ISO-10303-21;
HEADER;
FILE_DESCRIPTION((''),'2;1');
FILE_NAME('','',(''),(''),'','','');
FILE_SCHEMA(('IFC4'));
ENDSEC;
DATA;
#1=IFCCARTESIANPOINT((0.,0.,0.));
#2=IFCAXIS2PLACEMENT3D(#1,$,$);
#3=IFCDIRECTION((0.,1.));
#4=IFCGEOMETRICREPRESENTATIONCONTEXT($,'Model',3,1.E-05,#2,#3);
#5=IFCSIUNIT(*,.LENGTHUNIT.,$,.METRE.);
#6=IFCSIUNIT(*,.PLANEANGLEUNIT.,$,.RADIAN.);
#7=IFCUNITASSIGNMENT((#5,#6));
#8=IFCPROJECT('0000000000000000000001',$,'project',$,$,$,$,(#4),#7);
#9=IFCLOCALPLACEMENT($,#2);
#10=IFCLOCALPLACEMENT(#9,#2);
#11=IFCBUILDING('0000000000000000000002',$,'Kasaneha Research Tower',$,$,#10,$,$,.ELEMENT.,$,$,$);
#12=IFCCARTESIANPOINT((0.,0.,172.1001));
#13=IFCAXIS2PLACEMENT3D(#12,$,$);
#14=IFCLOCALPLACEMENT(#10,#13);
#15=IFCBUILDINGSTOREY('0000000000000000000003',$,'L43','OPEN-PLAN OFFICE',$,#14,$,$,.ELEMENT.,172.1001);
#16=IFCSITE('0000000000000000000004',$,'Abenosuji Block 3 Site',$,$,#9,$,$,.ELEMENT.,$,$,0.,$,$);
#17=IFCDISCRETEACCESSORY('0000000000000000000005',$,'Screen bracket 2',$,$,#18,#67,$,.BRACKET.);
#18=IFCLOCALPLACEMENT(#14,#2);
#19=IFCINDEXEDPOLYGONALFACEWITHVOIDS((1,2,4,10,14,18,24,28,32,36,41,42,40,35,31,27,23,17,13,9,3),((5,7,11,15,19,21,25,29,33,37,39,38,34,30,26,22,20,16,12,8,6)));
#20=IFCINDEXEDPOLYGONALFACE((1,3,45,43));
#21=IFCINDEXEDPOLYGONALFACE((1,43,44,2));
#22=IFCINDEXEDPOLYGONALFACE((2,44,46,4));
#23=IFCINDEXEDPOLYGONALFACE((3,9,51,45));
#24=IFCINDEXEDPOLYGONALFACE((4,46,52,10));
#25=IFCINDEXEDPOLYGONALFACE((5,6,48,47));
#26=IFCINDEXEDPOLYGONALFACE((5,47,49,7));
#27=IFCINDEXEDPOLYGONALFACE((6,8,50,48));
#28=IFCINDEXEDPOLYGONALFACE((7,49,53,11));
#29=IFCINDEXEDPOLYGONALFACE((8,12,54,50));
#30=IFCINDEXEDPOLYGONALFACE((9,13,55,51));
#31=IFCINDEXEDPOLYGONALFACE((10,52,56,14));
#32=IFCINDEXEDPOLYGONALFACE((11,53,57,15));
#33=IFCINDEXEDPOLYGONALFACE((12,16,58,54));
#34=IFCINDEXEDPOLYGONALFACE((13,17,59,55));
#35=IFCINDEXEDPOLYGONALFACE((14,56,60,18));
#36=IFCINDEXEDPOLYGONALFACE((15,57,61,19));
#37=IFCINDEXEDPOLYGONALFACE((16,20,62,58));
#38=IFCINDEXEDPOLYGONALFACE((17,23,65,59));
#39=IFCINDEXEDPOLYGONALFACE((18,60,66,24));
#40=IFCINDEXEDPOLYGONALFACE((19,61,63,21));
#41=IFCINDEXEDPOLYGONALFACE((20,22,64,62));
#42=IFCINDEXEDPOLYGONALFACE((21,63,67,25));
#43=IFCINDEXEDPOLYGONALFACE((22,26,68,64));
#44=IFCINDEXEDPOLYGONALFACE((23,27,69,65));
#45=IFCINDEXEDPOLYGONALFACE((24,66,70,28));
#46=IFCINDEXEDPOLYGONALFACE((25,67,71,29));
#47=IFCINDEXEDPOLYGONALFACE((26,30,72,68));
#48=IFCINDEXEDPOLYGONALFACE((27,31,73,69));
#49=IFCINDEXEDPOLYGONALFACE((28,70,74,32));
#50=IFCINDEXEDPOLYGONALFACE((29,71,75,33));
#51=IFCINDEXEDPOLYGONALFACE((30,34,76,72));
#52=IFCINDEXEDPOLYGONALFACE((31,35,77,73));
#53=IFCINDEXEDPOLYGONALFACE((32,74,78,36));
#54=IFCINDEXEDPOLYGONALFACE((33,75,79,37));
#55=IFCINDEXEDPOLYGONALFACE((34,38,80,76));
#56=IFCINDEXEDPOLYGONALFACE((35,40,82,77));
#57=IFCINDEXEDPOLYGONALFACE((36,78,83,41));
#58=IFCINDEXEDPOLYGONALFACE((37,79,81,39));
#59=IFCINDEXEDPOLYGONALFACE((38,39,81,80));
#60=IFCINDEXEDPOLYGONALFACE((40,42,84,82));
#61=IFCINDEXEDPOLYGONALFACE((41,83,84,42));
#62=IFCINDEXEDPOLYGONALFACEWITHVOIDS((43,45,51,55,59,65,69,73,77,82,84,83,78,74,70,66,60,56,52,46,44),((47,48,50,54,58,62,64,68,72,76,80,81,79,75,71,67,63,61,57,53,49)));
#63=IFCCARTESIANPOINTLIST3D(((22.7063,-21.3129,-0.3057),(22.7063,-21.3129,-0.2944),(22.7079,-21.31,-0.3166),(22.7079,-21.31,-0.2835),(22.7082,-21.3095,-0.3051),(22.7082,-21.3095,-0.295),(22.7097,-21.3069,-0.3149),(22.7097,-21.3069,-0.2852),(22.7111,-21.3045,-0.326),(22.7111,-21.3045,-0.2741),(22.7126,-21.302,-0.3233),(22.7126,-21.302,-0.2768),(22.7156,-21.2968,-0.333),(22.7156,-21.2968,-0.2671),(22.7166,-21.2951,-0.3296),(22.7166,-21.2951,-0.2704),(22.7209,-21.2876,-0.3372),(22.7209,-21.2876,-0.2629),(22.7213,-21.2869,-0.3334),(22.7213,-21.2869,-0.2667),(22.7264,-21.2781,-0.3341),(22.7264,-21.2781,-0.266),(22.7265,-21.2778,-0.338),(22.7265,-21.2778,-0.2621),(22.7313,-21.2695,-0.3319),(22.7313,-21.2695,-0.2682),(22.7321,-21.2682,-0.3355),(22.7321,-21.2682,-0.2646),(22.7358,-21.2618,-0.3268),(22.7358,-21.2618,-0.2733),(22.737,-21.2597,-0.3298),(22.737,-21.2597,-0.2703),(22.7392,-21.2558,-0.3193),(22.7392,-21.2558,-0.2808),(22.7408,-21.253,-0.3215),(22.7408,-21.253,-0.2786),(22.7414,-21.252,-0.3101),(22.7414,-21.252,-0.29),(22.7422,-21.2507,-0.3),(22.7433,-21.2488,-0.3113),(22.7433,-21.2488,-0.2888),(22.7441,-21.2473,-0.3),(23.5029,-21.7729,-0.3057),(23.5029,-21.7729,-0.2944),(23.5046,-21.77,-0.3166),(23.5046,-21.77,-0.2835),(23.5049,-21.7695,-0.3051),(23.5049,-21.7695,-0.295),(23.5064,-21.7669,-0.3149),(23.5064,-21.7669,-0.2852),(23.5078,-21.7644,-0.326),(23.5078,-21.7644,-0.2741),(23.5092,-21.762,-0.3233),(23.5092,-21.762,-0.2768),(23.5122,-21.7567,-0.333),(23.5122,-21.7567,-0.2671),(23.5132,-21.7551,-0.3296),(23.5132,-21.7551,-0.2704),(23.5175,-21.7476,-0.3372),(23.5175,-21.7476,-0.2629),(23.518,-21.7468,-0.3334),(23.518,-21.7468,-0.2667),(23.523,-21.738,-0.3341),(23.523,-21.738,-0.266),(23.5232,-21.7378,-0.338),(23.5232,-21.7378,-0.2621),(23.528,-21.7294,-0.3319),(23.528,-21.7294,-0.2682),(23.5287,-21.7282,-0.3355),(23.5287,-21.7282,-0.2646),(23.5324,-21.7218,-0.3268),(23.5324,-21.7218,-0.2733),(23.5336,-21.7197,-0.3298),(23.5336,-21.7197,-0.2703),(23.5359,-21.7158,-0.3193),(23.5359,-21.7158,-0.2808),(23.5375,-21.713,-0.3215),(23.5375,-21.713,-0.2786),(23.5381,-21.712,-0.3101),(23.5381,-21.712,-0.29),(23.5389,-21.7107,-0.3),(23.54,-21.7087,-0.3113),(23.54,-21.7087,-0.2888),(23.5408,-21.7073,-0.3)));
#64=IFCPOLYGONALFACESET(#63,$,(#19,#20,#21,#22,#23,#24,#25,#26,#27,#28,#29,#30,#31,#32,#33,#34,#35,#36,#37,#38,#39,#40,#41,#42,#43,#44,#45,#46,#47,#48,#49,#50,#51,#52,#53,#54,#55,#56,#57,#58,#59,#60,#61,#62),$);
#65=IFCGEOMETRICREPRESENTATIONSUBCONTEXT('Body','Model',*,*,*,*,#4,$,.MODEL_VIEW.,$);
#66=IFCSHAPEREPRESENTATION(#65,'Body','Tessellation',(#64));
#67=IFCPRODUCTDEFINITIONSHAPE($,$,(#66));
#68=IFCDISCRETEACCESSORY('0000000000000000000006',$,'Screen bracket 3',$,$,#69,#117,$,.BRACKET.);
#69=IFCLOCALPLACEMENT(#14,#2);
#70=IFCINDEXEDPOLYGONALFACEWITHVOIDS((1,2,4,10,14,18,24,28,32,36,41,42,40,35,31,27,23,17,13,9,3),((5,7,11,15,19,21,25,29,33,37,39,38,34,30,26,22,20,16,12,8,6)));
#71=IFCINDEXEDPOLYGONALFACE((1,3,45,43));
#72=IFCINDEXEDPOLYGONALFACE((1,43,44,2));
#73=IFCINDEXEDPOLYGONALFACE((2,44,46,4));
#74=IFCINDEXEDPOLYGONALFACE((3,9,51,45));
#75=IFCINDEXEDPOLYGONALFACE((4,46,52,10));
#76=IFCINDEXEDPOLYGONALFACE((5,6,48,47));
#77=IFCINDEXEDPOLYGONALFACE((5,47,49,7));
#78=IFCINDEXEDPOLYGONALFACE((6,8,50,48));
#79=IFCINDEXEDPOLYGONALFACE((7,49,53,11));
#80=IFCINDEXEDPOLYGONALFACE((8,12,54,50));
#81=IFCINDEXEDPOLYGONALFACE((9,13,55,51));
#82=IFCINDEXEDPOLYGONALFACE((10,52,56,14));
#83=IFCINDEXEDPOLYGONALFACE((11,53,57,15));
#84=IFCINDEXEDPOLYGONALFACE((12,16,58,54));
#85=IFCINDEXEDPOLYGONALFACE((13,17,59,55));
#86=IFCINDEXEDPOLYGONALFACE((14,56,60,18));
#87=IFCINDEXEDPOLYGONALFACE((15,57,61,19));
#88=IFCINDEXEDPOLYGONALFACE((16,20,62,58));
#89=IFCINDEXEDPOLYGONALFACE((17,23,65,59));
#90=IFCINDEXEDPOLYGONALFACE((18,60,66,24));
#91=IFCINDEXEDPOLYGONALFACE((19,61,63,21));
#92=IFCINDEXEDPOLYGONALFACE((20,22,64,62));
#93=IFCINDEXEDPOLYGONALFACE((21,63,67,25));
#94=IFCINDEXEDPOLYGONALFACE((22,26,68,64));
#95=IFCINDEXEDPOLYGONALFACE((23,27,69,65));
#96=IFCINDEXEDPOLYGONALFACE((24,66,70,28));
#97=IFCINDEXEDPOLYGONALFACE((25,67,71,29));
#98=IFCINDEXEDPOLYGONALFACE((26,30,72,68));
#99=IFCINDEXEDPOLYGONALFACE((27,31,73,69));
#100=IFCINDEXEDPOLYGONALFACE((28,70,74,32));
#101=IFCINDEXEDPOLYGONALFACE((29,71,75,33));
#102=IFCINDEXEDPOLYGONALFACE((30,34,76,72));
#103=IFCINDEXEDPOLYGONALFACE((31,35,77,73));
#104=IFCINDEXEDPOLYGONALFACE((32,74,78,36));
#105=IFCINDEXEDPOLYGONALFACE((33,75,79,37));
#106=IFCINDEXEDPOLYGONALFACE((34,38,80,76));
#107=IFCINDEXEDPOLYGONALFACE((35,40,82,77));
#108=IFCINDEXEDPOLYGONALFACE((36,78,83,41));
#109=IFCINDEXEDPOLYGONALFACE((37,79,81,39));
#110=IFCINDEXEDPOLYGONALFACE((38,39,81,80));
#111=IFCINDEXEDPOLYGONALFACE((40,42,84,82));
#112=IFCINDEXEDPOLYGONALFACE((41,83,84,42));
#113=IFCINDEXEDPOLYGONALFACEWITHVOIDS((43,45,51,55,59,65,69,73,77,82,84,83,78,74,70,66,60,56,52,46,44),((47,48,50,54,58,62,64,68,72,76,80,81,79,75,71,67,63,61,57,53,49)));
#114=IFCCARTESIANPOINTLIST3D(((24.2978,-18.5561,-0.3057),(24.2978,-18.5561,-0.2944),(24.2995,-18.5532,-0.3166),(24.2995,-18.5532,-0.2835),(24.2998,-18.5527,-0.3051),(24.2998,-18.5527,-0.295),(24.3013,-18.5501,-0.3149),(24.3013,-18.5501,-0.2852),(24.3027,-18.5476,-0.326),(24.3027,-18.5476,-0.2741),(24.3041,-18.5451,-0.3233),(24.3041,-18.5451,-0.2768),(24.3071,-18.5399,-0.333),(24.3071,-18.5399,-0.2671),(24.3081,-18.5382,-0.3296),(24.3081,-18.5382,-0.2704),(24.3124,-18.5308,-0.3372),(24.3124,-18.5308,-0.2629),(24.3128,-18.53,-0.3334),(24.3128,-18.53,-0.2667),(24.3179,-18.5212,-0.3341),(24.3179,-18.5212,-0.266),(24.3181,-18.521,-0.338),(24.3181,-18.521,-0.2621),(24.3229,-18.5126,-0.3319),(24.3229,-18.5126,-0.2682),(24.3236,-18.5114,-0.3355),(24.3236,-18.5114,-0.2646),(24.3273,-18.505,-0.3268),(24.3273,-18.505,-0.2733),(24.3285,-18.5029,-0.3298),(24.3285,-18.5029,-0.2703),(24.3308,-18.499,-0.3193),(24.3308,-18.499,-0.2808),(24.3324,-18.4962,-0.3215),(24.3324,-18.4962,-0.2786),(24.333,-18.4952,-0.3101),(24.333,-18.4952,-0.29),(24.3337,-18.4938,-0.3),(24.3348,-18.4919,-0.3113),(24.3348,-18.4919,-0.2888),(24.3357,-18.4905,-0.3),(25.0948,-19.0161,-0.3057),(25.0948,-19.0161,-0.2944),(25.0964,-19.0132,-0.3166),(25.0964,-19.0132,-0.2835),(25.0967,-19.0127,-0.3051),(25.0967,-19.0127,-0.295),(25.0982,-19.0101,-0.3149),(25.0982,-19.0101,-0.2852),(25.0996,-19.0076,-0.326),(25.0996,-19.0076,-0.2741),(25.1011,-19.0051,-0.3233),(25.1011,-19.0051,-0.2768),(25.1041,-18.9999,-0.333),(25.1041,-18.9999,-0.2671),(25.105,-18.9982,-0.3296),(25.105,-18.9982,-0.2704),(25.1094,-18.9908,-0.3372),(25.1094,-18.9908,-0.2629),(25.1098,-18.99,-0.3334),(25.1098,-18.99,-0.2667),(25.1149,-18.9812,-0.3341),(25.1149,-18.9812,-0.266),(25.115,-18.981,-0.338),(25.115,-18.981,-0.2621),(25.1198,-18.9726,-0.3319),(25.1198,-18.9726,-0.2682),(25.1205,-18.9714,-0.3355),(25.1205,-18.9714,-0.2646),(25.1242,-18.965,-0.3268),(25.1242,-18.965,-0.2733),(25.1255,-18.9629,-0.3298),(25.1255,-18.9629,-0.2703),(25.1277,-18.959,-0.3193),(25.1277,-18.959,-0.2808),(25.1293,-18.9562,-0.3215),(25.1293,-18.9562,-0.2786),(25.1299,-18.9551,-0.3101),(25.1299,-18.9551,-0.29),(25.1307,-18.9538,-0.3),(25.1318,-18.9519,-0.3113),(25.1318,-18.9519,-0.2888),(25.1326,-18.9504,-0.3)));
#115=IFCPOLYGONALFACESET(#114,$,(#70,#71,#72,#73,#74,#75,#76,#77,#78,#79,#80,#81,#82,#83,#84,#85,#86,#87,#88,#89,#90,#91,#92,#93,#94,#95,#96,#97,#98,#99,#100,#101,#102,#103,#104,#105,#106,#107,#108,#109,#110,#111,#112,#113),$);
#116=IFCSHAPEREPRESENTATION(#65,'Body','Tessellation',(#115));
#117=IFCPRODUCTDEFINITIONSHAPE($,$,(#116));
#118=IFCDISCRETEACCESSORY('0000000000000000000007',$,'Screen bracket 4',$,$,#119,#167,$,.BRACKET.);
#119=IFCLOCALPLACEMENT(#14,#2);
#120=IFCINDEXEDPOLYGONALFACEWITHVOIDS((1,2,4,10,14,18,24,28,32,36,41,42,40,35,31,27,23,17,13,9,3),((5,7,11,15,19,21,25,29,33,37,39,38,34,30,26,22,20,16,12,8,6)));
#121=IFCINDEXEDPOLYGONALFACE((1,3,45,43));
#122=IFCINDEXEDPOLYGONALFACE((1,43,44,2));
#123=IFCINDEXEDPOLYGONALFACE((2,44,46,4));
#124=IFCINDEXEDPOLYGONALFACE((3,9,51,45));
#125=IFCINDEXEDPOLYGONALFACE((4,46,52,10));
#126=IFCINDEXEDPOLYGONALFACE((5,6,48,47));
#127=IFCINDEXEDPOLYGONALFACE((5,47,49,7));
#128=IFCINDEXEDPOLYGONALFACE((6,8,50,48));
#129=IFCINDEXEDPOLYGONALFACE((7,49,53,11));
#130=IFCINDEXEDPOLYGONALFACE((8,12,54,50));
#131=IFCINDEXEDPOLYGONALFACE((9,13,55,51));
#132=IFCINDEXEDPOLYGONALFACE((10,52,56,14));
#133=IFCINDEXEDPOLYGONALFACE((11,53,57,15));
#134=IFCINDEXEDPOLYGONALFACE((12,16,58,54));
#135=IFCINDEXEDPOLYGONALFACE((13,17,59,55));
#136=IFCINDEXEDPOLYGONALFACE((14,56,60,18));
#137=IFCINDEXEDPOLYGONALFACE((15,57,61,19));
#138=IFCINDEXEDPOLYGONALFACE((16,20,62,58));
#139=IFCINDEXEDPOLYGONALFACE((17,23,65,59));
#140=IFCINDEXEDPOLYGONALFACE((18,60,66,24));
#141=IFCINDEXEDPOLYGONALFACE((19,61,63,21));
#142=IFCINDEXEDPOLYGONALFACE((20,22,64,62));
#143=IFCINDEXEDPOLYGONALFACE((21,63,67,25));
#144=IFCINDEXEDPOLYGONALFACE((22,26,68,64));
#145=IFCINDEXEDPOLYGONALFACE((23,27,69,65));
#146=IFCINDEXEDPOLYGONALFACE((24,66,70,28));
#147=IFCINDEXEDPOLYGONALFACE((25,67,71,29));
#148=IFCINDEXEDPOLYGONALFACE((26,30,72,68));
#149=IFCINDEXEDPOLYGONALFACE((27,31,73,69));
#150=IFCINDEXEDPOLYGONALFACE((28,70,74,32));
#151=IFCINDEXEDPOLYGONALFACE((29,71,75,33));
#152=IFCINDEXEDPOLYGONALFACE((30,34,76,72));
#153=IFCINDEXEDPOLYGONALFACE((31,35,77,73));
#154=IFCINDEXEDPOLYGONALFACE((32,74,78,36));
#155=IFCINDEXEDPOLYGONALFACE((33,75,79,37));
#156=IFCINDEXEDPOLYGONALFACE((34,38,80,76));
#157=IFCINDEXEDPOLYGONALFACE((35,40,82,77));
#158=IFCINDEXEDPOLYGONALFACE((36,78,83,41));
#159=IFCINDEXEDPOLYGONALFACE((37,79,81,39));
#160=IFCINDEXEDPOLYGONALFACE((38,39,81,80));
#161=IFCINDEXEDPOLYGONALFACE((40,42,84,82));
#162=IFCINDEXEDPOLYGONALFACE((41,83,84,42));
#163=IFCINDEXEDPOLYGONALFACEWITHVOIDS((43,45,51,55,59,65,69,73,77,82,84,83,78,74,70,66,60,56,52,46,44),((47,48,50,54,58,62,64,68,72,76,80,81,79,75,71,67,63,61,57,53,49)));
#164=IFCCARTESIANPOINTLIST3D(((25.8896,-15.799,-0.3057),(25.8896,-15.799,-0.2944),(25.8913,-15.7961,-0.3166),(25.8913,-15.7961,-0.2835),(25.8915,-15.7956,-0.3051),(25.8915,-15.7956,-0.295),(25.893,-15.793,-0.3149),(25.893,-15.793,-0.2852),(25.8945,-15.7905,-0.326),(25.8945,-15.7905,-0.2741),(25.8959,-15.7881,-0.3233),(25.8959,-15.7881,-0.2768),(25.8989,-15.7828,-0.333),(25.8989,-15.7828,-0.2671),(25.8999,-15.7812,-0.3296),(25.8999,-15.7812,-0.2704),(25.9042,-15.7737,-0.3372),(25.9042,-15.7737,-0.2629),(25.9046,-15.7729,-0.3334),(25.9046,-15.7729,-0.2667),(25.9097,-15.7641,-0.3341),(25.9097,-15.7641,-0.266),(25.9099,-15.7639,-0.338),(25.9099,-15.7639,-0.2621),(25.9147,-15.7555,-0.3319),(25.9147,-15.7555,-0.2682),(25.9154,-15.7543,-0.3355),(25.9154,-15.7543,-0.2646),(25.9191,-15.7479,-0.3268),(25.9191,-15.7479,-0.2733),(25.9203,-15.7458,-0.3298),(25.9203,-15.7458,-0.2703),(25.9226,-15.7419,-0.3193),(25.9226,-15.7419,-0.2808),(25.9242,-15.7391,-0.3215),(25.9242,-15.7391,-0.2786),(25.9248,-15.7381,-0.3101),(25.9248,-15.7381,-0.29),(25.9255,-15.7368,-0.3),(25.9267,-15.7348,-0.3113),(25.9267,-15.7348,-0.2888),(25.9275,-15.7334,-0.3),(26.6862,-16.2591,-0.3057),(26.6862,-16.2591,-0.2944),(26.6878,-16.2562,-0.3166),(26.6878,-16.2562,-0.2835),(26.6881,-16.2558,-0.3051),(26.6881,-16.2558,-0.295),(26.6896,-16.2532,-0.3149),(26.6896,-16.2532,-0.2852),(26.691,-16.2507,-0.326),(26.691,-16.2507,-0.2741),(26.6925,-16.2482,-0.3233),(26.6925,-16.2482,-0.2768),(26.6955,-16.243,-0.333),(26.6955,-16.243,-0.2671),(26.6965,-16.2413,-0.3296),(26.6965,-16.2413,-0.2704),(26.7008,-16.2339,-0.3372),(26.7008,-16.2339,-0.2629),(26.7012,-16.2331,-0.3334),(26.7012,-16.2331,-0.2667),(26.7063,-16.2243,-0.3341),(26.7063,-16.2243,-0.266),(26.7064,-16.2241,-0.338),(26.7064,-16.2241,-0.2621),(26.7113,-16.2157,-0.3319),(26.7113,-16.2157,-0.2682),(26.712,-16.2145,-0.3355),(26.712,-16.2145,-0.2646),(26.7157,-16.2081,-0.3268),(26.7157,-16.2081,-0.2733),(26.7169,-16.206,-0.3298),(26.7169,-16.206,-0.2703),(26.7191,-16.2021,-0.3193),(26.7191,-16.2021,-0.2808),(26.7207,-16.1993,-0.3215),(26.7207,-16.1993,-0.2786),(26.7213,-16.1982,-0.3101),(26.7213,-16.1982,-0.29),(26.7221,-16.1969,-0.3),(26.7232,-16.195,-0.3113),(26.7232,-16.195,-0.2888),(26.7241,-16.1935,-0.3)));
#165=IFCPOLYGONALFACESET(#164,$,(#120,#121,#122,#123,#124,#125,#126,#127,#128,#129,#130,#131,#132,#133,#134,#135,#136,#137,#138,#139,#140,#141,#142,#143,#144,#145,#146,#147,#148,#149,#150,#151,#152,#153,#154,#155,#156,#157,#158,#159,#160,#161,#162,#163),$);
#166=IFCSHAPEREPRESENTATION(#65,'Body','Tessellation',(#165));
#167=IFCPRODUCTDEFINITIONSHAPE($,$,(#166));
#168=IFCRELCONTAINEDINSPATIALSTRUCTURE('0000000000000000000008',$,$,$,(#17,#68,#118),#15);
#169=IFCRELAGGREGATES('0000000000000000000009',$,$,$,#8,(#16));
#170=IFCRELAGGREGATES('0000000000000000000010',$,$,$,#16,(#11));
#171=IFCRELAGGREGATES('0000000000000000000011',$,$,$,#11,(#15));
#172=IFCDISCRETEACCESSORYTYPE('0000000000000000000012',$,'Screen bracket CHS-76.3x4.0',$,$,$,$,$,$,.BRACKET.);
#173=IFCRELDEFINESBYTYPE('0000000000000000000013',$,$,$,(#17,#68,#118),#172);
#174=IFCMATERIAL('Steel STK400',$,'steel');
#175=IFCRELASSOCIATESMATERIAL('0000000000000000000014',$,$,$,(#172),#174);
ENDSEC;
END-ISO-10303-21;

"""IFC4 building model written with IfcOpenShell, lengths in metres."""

from ifc_helpers import new_model, si_unit, direction, frame, origin, origin_2d, place, context, subcontext, project, spatial, hollow_circle, extrude, material, material_profile, profile_set, type_object, element, save


model = new_model("IFC4")

# Units and contexts
model_context = context("Model", 3, precision=1e-05, world=origin(), true_north=direction((0.0, 1.0)))
body_context = subcontext(model_context, "Body", "Model", "MODEL_VIEW")
ifc_project = project(units=[si_unit("LENGTHUNIT", "METRE"), si_unit("PLANEANGLEUNIT", "RADIAN")], contexts=[model_context])

# Site, building, storey
site_placement = place(None, origin())
site = spatial("IfcSite", under=ifc_project, at=site_placement, Name="Abenosuji Block 3 Site", CompositionType="ELEMENT", RefElevation=0.0)
building_placement = place(site_placement, origin())
building = spatial("IfcBuilding", under=site, at=building_placement, Name="Kasaneha Research Tower", CompositionType="ELEMENT")
storey_placement = place(building_placement, frame((0.0, 0.0, 172.1001)))
storey = spatial("IfcBuildingStorey", under=building, at=storey_placement, Name="L43", Description="OPEN-PLAN OFFICE", CompositionType="ELEMENT", Elevation=172.1001)

# Discrete accessories
ifc_material_1 = material(Name="Steel STK400", Category="steel")
ifc_material_profile_1 = material_profile(ifc_material_1, hollow_circle(Radius=0.0381, WallThickness=0.0039, at=origin_2d()), Name="CHS-76.3x4.0")
ifc_profile_set_1 = profile_set([ifc_material_profile_1], Name="Steel STK400")
discrete_accessory_type = type_object("IfcDiscreteAccessoryType", Name="Screen bracket CHS-76.3x4.0", PredefinedType="BRACKET", material=ifc_profile_set_1)
discrete_accessory_1_placement = place(storey_placement, frame((22.7251, -21.2803, -0.3), z_axis=(0.866013, -0.500021, 0.0), x_axis=(0.500021, 0.866013, 0.0)))
element("IfcDiscreteAccessory", 1, at=discrete_accessory_1_placement, inside=storey, type_object=discrete_accessory_type, Name="Screen bracket 2", PredefinedType="BRACKET", context=body_context, shape_type="SweptSolid", body=[
    extrude(hollow_circle(Radius=0.0381, WallThickness=0.0039, at=origin_2d()), origin(), (0.0, 0.0, 1.0), 0.9199),
])
discrete_accessory_2_placement = place(storey_placement, frame((24.3167, -18.5234, -0.3), z_axis=(0.86608, -0.499906, 0.0), x_axis=(0.499906, 0.86608, 0.0)))
element("IfcDiscreteAccessory", 2, at=discrete_accessory_2_placement, inside=storey, type_object=discrete_accessory_type, Name="Screen bracket 3", PredefinedType="BRACKET", context=body_context, shape_type="SweptSolid", body=[
    extrude(hollow_circle(Radius=0.0381, WallThickness=0.0039, at=origin_2d()), origin(), (0.0, 0.0, 1.0), 0.9202),
])
for number, where, z_axis, x_axis, name in (
    (3, (25.9084, -15.7664, -0.3), (0.865898, -0.50022, 0.0), (0.50022, 0.865898, 0.0), "Screen bracket 4"),
):
    element("IfcDiscreteAccessory", number, at=place(storey_placement, frame(where, z_axis=z_axis, x_axis=x_axis)), inside=storey, type_object=discrete_accessory_type, Name=name, PredefinedType="BRACKET", context=body_context, shape_type="SweptSolid", body=[
        extrude(hollow_circle(Radius=0.0381, WallThickness=0.0039, at=origin_2d()), origin(), (0.0, 0.0, 1.0), 0.9199),
    ])

save(model, "model.ifc")
